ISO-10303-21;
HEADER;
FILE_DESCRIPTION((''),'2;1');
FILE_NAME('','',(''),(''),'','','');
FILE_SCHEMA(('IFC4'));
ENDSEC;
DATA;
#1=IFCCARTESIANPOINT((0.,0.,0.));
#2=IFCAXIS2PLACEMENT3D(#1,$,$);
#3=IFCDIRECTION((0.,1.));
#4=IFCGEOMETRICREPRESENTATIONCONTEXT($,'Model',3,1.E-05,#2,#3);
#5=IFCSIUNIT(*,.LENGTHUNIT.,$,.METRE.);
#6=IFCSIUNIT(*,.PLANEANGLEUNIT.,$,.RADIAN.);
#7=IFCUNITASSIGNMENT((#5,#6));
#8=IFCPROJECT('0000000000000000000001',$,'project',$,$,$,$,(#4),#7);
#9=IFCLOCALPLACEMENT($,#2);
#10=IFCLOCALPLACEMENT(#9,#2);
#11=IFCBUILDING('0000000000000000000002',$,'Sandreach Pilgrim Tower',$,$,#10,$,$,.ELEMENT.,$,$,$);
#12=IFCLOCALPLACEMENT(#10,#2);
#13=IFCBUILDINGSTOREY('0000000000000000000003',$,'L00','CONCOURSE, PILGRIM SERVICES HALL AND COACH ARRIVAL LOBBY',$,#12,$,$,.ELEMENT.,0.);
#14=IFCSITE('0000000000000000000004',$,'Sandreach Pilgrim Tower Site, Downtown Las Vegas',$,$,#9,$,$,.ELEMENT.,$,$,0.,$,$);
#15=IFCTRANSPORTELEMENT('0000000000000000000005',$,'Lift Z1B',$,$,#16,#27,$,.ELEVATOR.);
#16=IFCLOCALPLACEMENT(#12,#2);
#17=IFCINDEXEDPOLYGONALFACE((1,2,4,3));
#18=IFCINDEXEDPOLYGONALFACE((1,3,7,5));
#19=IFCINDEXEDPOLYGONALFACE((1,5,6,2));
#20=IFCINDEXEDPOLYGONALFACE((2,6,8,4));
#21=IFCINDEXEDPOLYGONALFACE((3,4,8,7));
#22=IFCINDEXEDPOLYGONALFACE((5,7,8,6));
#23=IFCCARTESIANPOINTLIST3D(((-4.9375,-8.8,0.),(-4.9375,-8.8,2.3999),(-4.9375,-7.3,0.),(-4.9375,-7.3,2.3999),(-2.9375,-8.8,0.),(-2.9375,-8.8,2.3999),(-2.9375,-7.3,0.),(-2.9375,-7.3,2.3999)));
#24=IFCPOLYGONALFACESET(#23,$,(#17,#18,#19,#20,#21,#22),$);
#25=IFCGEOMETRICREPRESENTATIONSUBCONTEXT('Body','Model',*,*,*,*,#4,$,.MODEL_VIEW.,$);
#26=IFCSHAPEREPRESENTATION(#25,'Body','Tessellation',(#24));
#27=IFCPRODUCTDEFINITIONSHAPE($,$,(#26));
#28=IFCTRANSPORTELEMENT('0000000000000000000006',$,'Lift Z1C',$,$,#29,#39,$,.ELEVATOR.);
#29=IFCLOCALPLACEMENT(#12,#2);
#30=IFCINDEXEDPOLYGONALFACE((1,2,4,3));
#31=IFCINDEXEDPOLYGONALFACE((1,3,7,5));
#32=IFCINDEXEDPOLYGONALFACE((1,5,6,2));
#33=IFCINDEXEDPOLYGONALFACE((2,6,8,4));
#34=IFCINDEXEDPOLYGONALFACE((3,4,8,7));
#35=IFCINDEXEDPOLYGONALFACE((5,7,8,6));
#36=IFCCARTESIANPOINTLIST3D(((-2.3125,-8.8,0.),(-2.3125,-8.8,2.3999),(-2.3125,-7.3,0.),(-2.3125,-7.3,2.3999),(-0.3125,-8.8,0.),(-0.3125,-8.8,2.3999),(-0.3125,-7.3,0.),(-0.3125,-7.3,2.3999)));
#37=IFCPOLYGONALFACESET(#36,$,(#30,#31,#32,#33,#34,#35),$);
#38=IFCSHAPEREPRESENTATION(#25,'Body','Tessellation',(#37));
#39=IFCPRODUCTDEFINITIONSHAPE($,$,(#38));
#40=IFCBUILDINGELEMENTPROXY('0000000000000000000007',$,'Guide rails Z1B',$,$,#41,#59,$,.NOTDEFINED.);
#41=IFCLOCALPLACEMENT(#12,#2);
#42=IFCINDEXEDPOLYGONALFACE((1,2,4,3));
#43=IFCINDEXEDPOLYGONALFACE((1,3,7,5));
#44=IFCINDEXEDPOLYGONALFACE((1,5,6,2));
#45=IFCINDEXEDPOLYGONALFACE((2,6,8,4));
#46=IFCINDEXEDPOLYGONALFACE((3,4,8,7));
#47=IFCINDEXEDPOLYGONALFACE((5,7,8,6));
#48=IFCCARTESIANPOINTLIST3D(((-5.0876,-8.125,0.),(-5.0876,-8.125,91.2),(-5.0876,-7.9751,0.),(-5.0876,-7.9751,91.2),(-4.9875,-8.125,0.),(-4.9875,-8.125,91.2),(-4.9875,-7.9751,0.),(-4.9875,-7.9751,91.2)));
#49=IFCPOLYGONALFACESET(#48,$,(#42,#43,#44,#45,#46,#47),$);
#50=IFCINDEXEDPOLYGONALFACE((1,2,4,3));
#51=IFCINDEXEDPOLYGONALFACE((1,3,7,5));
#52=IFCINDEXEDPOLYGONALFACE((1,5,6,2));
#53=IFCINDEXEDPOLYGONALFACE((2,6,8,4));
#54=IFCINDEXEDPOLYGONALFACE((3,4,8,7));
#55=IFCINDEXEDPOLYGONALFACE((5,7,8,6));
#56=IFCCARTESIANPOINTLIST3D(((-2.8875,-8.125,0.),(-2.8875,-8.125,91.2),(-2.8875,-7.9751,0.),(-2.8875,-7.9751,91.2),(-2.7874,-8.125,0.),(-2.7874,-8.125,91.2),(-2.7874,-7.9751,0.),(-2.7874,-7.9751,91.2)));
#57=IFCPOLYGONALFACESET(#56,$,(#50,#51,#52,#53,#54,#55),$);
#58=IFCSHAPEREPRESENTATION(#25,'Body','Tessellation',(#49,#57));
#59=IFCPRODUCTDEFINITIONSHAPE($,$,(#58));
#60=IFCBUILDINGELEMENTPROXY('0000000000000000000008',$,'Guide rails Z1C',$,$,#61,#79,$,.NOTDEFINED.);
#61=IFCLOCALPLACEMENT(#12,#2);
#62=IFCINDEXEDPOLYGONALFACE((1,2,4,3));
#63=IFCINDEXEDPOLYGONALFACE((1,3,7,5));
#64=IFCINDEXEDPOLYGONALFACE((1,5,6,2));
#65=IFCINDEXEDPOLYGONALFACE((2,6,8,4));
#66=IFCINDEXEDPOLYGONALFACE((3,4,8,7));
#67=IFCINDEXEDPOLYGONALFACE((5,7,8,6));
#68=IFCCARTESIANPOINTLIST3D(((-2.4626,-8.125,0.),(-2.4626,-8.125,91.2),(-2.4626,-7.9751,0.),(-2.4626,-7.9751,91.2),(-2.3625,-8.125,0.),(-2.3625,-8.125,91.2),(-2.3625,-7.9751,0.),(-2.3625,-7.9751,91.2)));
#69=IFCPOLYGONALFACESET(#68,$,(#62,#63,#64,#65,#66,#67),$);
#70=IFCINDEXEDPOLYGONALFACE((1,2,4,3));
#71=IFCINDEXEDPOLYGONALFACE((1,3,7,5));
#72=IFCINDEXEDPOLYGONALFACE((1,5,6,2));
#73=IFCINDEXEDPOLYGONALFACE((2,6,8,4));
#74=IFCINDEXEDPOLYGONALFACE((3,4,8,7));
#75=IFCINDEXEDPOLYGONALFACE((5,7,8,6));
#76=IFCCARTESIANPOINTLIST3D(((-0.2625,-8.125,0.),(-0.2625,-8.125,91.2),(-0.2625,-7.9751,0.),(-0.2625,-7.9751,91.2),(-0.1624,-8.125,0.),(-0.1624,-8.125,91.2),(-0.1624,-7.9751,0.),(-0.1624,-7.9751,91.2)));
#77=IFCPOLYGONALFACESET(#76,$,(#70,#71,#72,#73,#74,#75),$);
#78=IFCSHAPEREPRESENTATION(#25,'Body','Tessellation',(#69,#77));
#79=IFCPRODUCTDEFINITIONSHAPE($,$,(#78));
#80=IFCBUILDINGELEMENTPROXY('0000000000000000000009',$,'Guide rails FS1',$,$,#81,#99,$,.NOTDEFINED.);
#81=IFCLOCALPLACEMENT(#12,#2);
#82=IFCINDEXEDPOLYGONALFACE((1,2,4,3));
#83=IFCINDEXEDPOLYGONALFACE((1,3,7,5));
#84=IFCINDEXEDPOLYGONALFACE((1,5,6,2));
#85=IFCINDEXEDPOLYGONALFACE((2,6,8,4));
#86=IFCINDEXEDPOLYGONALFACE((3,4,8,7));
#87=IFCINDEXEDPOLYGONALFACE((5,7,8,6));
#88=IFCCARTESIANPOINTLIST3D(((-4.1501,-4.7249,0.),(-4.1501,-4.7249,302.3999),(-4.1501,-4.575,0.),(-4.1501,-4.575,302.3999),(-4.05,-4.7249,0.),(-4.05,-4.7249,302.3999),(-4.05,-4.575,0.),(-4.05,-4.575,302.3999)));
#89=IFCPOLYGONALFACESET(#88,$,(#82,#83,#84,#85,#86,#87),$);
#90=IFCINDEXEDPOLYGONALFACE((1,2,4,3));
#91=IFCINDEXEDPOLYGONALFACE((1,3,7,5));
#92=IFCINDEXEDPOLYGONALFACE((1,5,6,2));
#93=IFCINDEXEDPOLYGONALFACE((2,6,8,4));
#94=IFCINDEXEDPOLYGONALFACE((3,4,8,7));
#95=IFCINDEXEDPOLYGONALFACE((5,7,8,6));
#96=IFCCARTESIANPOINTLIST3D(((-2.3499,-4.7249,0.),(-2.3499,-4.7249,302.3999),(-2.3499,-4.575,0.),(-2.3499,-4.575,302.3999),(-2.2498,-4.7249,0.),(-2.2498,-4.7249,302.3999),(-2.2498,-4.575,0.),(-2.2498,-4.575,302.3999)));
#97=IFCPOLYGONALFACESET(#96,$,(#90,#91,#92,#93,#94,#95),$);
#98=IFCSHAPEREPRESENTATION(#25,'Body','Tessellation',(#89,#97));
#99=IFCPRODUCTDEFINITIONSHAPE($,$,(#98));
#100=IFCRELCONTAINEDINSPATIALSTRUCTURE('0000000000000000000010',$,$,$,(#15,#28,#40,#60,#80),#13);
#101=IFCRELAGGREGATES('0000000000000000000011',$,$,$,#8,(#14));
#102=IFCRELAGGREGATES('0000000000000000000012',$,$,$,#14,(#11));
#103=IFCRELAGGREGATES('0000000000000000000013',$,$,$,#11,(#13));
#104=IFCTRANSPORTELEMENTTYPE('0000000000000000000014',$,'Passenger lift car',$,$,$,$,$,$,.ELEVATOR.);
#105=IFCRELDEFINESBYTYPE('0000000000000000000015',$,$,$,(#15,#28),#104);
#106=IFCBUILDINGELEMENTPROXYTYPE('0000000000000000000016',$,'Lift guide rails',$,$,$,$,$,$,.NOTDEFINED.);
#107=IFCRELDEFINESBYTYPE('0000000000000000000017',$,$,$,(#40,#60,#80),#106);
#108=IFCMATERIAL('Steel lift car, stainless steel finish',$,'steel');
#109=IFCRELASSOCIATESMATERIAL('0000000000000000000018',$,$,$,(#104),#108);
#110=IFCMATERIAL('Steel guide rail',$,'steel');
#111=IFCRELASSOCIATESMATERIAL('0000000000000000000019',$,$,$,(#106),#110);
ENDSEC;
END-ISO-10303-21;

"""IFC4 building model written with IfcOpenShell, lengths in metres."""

from ifc_helpers import new_model, si_unit, direction, frame, origin, origin_2d, place, context, subcontext, project, spatial, rectangle, extrude, material, type_object, element, save


model = new_model("IFC4")

# Units and contexts
model_context = context("Model", 3, precision=1e-05, world=origin(), true_north=direction((0.0, 1.0)))
body_context = subcontext(model_context, "Body", "Model", "MODEL_VIEW")
ifc_project = project(units=[si_unit("LENGTHUNIT", "METRE"), si_unit("PLANEANGLEUNIT", "RADIAN")], contexts=[model_context])

# Site, building, storey
site_placement = place(None, origin())
site = spatial("IfcSite", under=ifc_project, at=site_placement, Name="Sandreach Pilgrim Tower Site, Downtown Las Vegas", CompositionType="ELEMENT", RefElevation=0.0)
building_placement = place(site_placement, origin())
building = spatial("IfcBuilding", under=site, at=building_placement, Name="Sandreach Pilgrim Tower", CompositionType="ELEMENT")
storey_placement = place(building_placement, origin())
storey = spatial("IfcBuildingStorey", under=building, at=storey_placement, Name="L00", Description="CONCOURSE, PILGRIM SERVICES HALL AND COACH ARRIVAL LOBBY", CompositionType="ELEMENT", Elevation=0.0)

# Transport elements
ifc_material_1 = material(Name="Steel lift car, stainless steel finish", Category="steel")
transport_element_type_1 = type_object("IfcTransportElementType", Name="Passenger lift car", PredefinedType="ELEVATOR", material=ifc_material_1)
for number, where, z_axis, x_axis, name in (
    (1, (-3.9375, -8.05, 0.0), (0.0, 0.0, 1.0), (1.0, 0.0, 0.0), "Lift Z1B"),
    (2, (-1.3125, -8.05, 0.0), (0.0, 0.0, 1.0), (1.0, 0.0, 0.0), "Lift Z1C"),
):
    element("IfcTransportElement", number, at=place(storey_placement, frame(where, z_axis=z_axis, x_axis=x_axis)), inside=storey, type_object=transport_element_type_1, Name=name, PredefinedType="ELEVATOR", context=body_context, shape_type="SweptSolid", body=[
        extrude(rectangle(XDim=2.0, YDim=1.5, at=origin_2d()), origin(), (0.0, 0.0, 1.0), 2.3999),
    ])

# Building element proxies
ifc_material_2 = material(Name="Steel guide rail", Category="steel")
building_element_proxy_type = type_object("IfcBuildingElementProxyType", Name="Lift guide rails", PredefinedType="NOTDEFINED", material=ifc_material_2)
for number, where, z_axis, x_axis, name in (
    (3, (-3.9375, -8.05, 0.0), (0.0, 0.0, 1.0), (1.0, 0.0, 0.0), "Guide rails Z1B"),
    (4, (-1.3125, -8.05, 0.0), (0.0, 0.0, 1.0), (1.0, 0.0, 0.0), "Guide rails Z1C"),
):
    element("IfcBuildingElementProxy", number, at=place(storey_placement, frame(where, z_axis=z_axis, x_axis=x_axis)), inside=storey, type_object=building_element_proxy_type, Name=name, PredefinedType="NOTDEFINED", context=body_context, shape_type="SweptSolid", body=[
        extrude(rectangle(XDim=0.1001, YDim=0.1499, at=origin_2d()), frame((-1.1001, 0.0, 0.0)), (0.0, 0.0, 1.0), 91.2),
        extrude(rectangle(XDim=0.1001, YDim=0.1499, at=origin_2d()), frame((1.1001, 0.0, 0.0)), (0.0, 0.0, 1.0), 91.2),
    ])
proxy_placement = place(storey_placement, frame((-3.2, -4.6499, 0.0), z_axis=(0.0, 0.0, 1.0), x_axis=(1.0, 0.0, 0.0)))
element("IfcBuildingElementProxy", 5, at=proxy_placement, inside=storey, type_object=building_element_proxy_type, Name="Guide rails FS1", PredefinedType="NOTDEFINED", context=body_context, shape_type="SweptSolid", body=[
    extrude(rectangle(XDim=0.1001, YDim=0.1499, at=origin_2d()), frame((-0.9001, 0.0, 0.0)), (0.0, 0.0, 1.0), 302.3999),
    extrude(rectangle(XDim=0.1001, YDim=0.1499, at=origin_2d()), frame((0.9001, 0.0, 0.0)), (0.0, 0.0, 1.0), 302.3999),
])

save(model, "model.ifc")
